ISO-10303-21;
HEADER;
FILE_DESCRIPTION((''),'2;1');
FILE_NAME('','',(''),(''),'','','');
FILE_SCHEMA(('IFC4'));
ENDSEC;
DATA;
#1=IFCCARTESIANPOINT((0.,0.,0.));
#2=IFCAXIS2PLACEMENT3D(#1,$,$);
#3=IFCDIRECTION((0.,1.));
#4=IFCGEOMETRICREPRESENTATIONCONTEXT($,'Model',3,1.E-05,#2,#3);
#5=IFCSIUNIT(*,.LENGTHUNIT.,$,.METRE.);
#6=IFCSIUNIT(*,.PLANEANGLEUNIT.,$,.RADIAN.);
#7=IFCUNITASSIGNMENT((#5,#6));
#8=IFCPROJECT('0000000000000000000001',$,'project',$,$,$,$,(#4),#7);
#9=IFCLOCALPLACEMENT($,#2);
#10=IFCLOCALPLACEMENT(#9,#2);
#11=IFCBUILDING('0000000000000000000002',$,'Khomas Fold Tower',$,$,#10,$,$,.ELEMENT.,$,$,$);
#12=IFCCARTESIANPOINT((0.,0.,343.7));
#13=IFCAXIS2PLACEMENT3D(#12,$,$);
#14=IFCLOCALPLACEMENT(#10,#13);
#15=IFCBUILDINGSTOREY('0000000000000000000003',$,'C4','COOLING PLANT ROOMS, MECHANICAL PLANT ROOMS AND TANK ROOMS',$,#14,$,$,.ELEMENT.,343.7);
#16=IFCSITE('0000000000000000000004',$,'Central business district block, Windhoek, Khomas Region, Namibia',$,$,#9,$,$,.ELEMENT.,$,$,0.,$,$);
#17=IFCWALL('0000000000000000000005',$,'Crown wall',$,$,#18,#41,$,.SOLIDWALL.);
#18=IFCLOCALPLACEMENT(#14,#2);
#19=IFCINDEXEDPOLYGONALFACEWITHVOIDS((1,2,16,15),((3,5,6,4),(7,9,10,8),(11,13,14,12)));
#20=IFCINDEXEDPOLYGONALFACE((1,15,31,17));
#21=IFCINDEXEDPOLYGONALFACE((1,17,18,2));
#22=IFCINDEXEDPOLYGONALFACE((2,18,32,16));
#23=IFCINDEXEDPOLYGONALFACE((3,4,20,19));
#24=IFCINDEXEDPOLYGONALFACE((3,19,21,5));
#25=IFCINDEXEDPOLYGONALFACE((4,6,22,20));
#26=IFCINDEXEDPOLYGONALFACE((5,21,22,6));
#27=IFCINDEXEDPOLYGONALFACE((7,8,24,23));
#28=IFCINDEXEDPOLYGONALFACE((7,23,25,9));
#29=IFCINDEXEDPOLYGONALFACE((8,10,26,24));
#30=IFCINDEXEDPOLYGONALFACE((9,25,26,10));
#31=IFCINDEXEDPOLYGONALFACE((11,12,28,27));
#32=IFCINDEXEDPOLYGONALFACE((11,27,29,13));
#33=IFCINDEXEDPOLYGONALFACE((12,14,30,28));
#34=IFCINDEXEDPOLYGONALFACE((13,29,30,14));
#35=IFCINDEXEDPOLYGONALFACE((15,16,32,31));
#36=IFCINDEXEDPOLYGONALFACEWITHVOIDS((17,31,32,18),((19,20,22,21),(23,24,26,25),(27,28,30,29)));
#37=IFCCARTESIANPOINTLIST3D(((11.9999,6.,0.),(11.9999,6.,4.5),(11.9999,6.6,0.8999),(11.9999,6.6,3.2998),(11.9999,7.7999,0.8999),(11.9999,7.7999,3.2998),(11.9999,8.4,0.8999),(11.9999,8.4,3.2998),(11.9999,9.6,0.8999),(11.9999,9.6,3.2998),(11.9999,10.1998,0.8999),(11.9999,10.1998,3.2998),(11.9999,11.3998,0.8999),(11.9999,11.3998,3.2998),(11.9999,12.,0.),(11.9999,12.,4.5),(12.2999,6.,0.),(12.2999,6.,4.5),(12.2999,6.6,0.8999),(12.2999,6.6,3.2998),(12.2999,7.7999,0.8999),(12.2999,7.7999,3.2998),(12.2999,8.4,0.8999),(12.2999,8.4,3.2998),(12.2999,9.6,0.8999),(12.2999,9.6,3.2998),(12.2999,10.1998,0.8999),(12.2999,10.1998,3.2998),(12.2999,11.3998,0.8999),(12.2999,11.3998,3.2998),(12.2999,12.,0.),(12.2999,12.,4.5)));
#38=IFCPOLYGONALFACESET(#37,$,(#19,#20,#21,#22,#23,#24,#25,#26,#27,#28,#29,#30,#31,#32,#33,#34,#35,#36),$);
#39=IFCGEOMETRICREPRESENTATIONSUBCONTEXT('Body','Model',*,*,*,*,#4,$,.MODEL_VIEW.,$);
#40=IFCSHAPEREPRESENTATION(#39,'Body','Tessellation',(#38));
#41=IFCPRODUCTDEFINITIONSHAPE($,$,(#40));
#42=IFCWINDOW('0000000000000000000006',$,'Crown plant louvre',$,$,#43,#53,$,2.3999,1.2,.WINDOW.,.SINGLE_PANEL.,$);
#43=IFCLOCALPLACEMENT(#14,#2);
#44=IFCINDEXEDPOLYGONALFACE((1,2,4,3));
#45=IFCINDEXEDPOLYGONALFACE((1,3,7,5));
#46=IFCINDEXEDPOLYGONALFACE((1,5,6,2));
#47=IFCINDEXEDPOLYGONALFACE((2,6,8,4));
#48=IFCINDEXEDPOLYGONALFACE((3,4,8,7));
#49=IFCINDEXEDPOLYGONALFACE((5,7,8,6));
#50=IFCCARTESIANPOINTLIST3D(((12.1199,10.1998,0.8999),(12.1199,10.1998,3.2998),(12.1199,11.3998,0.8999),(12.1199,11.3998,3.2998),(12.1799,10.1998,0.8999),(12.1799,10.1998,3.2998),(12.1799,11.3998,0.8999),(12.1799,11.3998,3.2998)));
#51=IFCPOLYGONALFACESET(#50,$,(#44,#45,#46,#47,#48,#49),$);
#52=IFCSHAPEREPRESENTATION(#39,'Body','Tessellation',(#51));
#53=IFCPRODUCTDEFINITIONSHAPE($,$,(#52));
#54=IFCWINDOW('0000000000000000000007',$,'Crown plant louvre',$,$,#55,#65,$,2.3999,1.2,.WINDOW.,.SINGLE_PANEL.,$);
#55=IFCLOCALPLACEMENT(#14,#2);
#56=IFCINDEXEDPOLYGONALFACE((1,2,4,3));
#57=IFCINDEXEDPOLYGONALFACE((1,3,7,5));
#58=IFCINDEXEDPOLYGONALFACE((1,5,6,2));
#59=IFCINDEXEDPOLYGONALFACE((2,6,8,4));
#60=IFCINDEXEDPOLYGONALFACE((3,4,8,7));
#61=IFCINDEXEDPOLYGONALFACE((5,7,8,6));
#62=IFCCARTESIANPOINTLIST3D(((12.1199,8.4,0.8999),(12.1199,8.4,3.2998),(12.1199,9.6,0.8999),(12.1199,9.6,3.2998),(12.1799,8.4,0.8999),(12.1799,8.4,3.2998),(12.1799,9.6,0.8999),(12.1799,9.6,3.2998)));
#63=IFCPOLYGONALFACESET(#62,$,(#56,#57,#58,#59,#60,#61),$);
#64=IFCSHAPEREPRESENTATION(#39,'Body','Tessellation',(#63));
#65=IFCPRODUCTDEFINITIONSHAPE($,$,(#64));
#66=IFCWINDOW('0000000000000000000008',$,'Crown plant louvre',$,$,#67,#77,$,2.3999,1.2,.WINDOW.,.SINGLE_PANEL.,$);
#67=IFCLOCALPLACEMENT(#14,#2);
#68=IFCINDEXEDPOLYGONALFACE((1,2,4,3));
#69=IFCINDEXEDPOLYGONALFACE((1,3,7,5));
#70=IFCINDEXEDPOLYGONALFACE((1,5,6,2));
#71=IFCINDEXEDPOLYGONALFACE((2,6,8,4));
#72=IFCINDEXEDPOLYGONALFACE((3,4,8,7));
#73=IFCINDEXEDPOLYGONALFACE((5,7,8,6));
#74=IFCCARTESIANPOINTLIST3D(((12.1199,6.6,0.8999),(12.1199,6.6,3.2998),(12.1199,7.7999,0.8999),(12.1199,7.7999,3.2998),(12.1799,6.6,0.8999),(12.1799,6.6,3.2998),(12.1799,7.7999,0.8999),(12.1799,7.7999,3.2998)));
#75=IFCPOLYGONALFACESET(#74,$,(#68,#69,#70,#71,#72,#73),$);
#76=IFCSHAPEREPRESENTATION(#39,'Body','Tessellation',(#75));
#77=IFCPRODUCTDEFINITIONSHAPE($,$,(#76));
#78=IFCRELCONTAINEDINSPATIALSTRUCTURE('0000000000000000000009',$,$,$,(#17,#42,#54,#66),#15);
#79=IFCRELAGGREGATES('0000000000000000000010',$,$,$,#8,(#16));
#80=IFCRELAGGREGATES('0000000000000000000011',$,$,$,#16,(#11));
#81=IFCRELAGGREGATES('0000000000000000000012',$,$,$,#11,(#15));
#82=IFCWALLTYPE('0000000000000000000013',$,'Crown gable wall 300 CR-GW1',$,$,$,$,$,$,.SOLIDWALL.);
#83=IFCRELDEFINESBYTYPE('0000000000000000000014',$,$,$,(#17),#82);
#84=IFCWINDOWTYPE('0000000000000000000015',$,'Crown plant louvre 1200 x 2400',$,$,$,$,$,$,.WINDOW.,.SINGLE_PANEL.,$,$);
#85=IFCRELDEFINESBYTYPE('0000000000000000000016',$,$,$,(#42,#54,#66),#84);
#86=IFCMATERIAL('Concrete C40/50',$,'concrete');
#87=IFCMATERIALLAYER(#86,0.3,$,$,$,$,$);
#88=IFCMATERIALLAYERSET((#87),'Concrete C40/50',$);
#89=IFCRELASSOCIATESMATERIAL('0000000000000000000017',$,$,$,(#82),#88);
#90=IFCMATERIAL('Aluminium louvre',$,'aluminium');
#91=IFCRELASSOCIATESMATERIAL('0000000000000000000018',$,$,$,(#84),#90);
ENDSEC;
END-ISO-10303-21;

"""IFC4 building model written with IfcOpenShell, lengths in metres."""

from ifc_helpers import new_model, si_unit, direction, frame, frame_2d, origin, place, context, subcontext, project, spatial, rectangle, extrude, source, transform, mapped, material, layer, layer_set, type_object, element, fill, save


model = new_model("IFC4")

# Units and contexts
model_context = context("Model", 3, precision=1e-05, world=origin(), true_north=direction((0.0, 1.0)))
body_context = subcontext(model_context, "Body", "Model", "MODEL_VIEW")
ifc_project = project(units=[si_unit("LENGTHUNIT", "METRE"), si_unit("PLANEANGLEUNIT", "RADIAN")], contexts=[model_context])

# Site, building, storey
site_placement = place(None, origin())
site = spatial("IfcSite", under=ifc_project, at=site_placement, Name="Central business district block, Windhoek, Khomas Region, Namibia", CompositionType="ELEMENT", RefElevation=0.0)
building_placement = place(site_placement, origin())
building = spatial("IfcBuilding", under=site, at=building_placement, Name="Khomas Fold Tower", CompositionType="ELEMENT")
storey_placement = place(building_placement, frame((0.0, 0.0, 343.7)))
storey = spatial("IfcBuildingStorey", under=building, at=storey_placement, Name="C4", Description="COOLING PLANT ROOMS, MECHANICAL PLANT ROOMS AND TANK ROOMS", CompositionType="ELEMENT", Elevation=343.7)

# Wall, openings, windows
ifc_material_1 = material(Name="Concrete C40/50", Category="concrete")
ifc_layer_1 = layer(ifc_material_1, 0.3)
ifc_layer_set_1 = layer_set([ifc_layer_1], Name="Concrete C40/50")
wall_type_1 = type_object("IfcWallType", Name="Crown gable wall 300 CR-GW1", PredefinedType="SOLIDWALL", material=ifc_layer_set_1)
shared_shape_1 = source(origin(), body_context, "Body", "SweptSolid", [
    extrude(rectangle(XDim=6.0, YDim=0.3, at=frame_2d((3.0, 0.0))), origin(), (0.0, 0.0, 1.0), 4.5),
])
wall_1_placement = place(storey_placement, frame((12.1499, 12.0, 0.0), z_axis=(0.0, 0.0, 1.0), x_axis=(0.0, -1.0, 0.0)))
wall_1 = element("IfcWall", 1, at=wall_1_placement, inside=storey, type_object=wall_type_1, Name="Crown wall", PredefinedType="SOLIDWALL", context=body_context, shape_type="MappedRepresentation", body=[
    mapped(shared_shape_1, transform((0.0, 0.0, 0.0))),
])
shared_shape_2 = source(origin(), body_context, "Body", "SweptSolid", [
    extrude(rectangle(XDim=1.2, YDim=2.3999, at=frame_2d((0.6001, 1.2))), frame((0.0, 0.1599, 0.0), z_axis=(0.0, -1.0, 0.0), x_axis=(1.0, 0.0, 0.0)), (0.0, 0.0, 1.0), 0.3201),
])
opening_1_placement = place(wall_1_placement, frame((0.6001, 0.0, 0.8999)))
opening_1 = element("IfcOpeningElement", 2, at=opening_1_placement, cuts=wall_1, PredefinedType="OPENING", context=body_context, shape_type="MappedRepresentation", body=[
    mapped(shared_shape_2, transform((0.0, 0.0, 0.0))),
])
opening_2_placement = place(wall_1_placement, frame((2.3999, 0.0, 0.8999)))
opening_2 = element("IfcOpeningElement", 3, at=opening_2_placement, cuts=wall_1, PredefinedType="OPENING", context=body_context, shape_type="MappedRepresentation", body=[
    mapped(shared_shape_2, transform((0.0, 0.0, 0.0))),
])
opening_3_placement = place(wall_1_placement, frame((4.2, 0.0, 0.8999)))
opening_3 = element("IfcOpeningElement", 4, at=opening_3_placement, cuts=wall_1, PredefinedType="OPENING", context=body_context, shape_type="MappedRepresentation", body=[
    mapped(shared_shape_2, transform((0.0, 0.0, 0.0))),
])
ifc_material_2 = material(Name="Aluminium louvre", Category="aluminium")
window_type = type_object("IfcWindowType", Name="Crown plant louvre 1200 x 2400", PartitioningType="SINGLE_PANEL", PredefinedType="WINDOW", material=ifc_material_2)
shared_shape_3 = source(origin(), body_context, "Body", "SweptSolid", [
    extrude(rectangle(XDim=1.2, YDim=2.3999, at=frame_2d((0.6001, 1.2))), frame((0.0, 0.03, 0.0), z_axis=(0.0, -1.0, 0.0), x_axis=(1.0, 0.0, 0.0)), (0.0, 0.0, 1.0), 0.0601),
])
window_1_placement = place(opening_1_placement, origin())
window_1 = element("IfcWindow", 5, at=window_1_placement, inside=storey, type_object=window_type, Name="Crown plant louvre", OverallHeight=2.3999, OverallWidth=1.2, PartitioningType="SINGLE_PANEL", PredefinedType="WINDOW", context=body_context, shape_type="MappedRepresentation", body=[
    mapped(shared_shape_3, transform((0.0, 0.0, 0.0))),
])
fill(opening_1, window_1)
window_2_placement = place(opening_2_placement, origin())
window_2 = element("IfcWindow", 6, at=window_2_placement, inside=storey, type_object=window_type, Name="Crown plant louvre", OverallHeight=2.3999, OverallWidth=1.2, PartitioningType="SINGLE_PANEL", PredefinedType="WINDOW", context=body_context, shape_type="MappedRepresentation", body=[
    mapped(shared_shape_3, transform((0.0, 0.0, 0.0))),
])
fill(opening_2, window_2)
window_3_placement = place(opening_3_placement, origin())
window_3 = element("IfcWindow", 7, at=window_3_placement, inside=storey, type_object=window_type, Name="Crown plant louvre", OverallHeight=2.3999, OverallWidth=1.2, PartitioningType="SINGLE_PANEL", PredefinedType="WINDOW", context=body_context, shape_type="MappedRepresentation", body=[
    mapped(shared_shape_3, transform((0.0, 0.0, 0.0))),
])
fill(opening_3, window_3)

save(model, "model.ifc")
